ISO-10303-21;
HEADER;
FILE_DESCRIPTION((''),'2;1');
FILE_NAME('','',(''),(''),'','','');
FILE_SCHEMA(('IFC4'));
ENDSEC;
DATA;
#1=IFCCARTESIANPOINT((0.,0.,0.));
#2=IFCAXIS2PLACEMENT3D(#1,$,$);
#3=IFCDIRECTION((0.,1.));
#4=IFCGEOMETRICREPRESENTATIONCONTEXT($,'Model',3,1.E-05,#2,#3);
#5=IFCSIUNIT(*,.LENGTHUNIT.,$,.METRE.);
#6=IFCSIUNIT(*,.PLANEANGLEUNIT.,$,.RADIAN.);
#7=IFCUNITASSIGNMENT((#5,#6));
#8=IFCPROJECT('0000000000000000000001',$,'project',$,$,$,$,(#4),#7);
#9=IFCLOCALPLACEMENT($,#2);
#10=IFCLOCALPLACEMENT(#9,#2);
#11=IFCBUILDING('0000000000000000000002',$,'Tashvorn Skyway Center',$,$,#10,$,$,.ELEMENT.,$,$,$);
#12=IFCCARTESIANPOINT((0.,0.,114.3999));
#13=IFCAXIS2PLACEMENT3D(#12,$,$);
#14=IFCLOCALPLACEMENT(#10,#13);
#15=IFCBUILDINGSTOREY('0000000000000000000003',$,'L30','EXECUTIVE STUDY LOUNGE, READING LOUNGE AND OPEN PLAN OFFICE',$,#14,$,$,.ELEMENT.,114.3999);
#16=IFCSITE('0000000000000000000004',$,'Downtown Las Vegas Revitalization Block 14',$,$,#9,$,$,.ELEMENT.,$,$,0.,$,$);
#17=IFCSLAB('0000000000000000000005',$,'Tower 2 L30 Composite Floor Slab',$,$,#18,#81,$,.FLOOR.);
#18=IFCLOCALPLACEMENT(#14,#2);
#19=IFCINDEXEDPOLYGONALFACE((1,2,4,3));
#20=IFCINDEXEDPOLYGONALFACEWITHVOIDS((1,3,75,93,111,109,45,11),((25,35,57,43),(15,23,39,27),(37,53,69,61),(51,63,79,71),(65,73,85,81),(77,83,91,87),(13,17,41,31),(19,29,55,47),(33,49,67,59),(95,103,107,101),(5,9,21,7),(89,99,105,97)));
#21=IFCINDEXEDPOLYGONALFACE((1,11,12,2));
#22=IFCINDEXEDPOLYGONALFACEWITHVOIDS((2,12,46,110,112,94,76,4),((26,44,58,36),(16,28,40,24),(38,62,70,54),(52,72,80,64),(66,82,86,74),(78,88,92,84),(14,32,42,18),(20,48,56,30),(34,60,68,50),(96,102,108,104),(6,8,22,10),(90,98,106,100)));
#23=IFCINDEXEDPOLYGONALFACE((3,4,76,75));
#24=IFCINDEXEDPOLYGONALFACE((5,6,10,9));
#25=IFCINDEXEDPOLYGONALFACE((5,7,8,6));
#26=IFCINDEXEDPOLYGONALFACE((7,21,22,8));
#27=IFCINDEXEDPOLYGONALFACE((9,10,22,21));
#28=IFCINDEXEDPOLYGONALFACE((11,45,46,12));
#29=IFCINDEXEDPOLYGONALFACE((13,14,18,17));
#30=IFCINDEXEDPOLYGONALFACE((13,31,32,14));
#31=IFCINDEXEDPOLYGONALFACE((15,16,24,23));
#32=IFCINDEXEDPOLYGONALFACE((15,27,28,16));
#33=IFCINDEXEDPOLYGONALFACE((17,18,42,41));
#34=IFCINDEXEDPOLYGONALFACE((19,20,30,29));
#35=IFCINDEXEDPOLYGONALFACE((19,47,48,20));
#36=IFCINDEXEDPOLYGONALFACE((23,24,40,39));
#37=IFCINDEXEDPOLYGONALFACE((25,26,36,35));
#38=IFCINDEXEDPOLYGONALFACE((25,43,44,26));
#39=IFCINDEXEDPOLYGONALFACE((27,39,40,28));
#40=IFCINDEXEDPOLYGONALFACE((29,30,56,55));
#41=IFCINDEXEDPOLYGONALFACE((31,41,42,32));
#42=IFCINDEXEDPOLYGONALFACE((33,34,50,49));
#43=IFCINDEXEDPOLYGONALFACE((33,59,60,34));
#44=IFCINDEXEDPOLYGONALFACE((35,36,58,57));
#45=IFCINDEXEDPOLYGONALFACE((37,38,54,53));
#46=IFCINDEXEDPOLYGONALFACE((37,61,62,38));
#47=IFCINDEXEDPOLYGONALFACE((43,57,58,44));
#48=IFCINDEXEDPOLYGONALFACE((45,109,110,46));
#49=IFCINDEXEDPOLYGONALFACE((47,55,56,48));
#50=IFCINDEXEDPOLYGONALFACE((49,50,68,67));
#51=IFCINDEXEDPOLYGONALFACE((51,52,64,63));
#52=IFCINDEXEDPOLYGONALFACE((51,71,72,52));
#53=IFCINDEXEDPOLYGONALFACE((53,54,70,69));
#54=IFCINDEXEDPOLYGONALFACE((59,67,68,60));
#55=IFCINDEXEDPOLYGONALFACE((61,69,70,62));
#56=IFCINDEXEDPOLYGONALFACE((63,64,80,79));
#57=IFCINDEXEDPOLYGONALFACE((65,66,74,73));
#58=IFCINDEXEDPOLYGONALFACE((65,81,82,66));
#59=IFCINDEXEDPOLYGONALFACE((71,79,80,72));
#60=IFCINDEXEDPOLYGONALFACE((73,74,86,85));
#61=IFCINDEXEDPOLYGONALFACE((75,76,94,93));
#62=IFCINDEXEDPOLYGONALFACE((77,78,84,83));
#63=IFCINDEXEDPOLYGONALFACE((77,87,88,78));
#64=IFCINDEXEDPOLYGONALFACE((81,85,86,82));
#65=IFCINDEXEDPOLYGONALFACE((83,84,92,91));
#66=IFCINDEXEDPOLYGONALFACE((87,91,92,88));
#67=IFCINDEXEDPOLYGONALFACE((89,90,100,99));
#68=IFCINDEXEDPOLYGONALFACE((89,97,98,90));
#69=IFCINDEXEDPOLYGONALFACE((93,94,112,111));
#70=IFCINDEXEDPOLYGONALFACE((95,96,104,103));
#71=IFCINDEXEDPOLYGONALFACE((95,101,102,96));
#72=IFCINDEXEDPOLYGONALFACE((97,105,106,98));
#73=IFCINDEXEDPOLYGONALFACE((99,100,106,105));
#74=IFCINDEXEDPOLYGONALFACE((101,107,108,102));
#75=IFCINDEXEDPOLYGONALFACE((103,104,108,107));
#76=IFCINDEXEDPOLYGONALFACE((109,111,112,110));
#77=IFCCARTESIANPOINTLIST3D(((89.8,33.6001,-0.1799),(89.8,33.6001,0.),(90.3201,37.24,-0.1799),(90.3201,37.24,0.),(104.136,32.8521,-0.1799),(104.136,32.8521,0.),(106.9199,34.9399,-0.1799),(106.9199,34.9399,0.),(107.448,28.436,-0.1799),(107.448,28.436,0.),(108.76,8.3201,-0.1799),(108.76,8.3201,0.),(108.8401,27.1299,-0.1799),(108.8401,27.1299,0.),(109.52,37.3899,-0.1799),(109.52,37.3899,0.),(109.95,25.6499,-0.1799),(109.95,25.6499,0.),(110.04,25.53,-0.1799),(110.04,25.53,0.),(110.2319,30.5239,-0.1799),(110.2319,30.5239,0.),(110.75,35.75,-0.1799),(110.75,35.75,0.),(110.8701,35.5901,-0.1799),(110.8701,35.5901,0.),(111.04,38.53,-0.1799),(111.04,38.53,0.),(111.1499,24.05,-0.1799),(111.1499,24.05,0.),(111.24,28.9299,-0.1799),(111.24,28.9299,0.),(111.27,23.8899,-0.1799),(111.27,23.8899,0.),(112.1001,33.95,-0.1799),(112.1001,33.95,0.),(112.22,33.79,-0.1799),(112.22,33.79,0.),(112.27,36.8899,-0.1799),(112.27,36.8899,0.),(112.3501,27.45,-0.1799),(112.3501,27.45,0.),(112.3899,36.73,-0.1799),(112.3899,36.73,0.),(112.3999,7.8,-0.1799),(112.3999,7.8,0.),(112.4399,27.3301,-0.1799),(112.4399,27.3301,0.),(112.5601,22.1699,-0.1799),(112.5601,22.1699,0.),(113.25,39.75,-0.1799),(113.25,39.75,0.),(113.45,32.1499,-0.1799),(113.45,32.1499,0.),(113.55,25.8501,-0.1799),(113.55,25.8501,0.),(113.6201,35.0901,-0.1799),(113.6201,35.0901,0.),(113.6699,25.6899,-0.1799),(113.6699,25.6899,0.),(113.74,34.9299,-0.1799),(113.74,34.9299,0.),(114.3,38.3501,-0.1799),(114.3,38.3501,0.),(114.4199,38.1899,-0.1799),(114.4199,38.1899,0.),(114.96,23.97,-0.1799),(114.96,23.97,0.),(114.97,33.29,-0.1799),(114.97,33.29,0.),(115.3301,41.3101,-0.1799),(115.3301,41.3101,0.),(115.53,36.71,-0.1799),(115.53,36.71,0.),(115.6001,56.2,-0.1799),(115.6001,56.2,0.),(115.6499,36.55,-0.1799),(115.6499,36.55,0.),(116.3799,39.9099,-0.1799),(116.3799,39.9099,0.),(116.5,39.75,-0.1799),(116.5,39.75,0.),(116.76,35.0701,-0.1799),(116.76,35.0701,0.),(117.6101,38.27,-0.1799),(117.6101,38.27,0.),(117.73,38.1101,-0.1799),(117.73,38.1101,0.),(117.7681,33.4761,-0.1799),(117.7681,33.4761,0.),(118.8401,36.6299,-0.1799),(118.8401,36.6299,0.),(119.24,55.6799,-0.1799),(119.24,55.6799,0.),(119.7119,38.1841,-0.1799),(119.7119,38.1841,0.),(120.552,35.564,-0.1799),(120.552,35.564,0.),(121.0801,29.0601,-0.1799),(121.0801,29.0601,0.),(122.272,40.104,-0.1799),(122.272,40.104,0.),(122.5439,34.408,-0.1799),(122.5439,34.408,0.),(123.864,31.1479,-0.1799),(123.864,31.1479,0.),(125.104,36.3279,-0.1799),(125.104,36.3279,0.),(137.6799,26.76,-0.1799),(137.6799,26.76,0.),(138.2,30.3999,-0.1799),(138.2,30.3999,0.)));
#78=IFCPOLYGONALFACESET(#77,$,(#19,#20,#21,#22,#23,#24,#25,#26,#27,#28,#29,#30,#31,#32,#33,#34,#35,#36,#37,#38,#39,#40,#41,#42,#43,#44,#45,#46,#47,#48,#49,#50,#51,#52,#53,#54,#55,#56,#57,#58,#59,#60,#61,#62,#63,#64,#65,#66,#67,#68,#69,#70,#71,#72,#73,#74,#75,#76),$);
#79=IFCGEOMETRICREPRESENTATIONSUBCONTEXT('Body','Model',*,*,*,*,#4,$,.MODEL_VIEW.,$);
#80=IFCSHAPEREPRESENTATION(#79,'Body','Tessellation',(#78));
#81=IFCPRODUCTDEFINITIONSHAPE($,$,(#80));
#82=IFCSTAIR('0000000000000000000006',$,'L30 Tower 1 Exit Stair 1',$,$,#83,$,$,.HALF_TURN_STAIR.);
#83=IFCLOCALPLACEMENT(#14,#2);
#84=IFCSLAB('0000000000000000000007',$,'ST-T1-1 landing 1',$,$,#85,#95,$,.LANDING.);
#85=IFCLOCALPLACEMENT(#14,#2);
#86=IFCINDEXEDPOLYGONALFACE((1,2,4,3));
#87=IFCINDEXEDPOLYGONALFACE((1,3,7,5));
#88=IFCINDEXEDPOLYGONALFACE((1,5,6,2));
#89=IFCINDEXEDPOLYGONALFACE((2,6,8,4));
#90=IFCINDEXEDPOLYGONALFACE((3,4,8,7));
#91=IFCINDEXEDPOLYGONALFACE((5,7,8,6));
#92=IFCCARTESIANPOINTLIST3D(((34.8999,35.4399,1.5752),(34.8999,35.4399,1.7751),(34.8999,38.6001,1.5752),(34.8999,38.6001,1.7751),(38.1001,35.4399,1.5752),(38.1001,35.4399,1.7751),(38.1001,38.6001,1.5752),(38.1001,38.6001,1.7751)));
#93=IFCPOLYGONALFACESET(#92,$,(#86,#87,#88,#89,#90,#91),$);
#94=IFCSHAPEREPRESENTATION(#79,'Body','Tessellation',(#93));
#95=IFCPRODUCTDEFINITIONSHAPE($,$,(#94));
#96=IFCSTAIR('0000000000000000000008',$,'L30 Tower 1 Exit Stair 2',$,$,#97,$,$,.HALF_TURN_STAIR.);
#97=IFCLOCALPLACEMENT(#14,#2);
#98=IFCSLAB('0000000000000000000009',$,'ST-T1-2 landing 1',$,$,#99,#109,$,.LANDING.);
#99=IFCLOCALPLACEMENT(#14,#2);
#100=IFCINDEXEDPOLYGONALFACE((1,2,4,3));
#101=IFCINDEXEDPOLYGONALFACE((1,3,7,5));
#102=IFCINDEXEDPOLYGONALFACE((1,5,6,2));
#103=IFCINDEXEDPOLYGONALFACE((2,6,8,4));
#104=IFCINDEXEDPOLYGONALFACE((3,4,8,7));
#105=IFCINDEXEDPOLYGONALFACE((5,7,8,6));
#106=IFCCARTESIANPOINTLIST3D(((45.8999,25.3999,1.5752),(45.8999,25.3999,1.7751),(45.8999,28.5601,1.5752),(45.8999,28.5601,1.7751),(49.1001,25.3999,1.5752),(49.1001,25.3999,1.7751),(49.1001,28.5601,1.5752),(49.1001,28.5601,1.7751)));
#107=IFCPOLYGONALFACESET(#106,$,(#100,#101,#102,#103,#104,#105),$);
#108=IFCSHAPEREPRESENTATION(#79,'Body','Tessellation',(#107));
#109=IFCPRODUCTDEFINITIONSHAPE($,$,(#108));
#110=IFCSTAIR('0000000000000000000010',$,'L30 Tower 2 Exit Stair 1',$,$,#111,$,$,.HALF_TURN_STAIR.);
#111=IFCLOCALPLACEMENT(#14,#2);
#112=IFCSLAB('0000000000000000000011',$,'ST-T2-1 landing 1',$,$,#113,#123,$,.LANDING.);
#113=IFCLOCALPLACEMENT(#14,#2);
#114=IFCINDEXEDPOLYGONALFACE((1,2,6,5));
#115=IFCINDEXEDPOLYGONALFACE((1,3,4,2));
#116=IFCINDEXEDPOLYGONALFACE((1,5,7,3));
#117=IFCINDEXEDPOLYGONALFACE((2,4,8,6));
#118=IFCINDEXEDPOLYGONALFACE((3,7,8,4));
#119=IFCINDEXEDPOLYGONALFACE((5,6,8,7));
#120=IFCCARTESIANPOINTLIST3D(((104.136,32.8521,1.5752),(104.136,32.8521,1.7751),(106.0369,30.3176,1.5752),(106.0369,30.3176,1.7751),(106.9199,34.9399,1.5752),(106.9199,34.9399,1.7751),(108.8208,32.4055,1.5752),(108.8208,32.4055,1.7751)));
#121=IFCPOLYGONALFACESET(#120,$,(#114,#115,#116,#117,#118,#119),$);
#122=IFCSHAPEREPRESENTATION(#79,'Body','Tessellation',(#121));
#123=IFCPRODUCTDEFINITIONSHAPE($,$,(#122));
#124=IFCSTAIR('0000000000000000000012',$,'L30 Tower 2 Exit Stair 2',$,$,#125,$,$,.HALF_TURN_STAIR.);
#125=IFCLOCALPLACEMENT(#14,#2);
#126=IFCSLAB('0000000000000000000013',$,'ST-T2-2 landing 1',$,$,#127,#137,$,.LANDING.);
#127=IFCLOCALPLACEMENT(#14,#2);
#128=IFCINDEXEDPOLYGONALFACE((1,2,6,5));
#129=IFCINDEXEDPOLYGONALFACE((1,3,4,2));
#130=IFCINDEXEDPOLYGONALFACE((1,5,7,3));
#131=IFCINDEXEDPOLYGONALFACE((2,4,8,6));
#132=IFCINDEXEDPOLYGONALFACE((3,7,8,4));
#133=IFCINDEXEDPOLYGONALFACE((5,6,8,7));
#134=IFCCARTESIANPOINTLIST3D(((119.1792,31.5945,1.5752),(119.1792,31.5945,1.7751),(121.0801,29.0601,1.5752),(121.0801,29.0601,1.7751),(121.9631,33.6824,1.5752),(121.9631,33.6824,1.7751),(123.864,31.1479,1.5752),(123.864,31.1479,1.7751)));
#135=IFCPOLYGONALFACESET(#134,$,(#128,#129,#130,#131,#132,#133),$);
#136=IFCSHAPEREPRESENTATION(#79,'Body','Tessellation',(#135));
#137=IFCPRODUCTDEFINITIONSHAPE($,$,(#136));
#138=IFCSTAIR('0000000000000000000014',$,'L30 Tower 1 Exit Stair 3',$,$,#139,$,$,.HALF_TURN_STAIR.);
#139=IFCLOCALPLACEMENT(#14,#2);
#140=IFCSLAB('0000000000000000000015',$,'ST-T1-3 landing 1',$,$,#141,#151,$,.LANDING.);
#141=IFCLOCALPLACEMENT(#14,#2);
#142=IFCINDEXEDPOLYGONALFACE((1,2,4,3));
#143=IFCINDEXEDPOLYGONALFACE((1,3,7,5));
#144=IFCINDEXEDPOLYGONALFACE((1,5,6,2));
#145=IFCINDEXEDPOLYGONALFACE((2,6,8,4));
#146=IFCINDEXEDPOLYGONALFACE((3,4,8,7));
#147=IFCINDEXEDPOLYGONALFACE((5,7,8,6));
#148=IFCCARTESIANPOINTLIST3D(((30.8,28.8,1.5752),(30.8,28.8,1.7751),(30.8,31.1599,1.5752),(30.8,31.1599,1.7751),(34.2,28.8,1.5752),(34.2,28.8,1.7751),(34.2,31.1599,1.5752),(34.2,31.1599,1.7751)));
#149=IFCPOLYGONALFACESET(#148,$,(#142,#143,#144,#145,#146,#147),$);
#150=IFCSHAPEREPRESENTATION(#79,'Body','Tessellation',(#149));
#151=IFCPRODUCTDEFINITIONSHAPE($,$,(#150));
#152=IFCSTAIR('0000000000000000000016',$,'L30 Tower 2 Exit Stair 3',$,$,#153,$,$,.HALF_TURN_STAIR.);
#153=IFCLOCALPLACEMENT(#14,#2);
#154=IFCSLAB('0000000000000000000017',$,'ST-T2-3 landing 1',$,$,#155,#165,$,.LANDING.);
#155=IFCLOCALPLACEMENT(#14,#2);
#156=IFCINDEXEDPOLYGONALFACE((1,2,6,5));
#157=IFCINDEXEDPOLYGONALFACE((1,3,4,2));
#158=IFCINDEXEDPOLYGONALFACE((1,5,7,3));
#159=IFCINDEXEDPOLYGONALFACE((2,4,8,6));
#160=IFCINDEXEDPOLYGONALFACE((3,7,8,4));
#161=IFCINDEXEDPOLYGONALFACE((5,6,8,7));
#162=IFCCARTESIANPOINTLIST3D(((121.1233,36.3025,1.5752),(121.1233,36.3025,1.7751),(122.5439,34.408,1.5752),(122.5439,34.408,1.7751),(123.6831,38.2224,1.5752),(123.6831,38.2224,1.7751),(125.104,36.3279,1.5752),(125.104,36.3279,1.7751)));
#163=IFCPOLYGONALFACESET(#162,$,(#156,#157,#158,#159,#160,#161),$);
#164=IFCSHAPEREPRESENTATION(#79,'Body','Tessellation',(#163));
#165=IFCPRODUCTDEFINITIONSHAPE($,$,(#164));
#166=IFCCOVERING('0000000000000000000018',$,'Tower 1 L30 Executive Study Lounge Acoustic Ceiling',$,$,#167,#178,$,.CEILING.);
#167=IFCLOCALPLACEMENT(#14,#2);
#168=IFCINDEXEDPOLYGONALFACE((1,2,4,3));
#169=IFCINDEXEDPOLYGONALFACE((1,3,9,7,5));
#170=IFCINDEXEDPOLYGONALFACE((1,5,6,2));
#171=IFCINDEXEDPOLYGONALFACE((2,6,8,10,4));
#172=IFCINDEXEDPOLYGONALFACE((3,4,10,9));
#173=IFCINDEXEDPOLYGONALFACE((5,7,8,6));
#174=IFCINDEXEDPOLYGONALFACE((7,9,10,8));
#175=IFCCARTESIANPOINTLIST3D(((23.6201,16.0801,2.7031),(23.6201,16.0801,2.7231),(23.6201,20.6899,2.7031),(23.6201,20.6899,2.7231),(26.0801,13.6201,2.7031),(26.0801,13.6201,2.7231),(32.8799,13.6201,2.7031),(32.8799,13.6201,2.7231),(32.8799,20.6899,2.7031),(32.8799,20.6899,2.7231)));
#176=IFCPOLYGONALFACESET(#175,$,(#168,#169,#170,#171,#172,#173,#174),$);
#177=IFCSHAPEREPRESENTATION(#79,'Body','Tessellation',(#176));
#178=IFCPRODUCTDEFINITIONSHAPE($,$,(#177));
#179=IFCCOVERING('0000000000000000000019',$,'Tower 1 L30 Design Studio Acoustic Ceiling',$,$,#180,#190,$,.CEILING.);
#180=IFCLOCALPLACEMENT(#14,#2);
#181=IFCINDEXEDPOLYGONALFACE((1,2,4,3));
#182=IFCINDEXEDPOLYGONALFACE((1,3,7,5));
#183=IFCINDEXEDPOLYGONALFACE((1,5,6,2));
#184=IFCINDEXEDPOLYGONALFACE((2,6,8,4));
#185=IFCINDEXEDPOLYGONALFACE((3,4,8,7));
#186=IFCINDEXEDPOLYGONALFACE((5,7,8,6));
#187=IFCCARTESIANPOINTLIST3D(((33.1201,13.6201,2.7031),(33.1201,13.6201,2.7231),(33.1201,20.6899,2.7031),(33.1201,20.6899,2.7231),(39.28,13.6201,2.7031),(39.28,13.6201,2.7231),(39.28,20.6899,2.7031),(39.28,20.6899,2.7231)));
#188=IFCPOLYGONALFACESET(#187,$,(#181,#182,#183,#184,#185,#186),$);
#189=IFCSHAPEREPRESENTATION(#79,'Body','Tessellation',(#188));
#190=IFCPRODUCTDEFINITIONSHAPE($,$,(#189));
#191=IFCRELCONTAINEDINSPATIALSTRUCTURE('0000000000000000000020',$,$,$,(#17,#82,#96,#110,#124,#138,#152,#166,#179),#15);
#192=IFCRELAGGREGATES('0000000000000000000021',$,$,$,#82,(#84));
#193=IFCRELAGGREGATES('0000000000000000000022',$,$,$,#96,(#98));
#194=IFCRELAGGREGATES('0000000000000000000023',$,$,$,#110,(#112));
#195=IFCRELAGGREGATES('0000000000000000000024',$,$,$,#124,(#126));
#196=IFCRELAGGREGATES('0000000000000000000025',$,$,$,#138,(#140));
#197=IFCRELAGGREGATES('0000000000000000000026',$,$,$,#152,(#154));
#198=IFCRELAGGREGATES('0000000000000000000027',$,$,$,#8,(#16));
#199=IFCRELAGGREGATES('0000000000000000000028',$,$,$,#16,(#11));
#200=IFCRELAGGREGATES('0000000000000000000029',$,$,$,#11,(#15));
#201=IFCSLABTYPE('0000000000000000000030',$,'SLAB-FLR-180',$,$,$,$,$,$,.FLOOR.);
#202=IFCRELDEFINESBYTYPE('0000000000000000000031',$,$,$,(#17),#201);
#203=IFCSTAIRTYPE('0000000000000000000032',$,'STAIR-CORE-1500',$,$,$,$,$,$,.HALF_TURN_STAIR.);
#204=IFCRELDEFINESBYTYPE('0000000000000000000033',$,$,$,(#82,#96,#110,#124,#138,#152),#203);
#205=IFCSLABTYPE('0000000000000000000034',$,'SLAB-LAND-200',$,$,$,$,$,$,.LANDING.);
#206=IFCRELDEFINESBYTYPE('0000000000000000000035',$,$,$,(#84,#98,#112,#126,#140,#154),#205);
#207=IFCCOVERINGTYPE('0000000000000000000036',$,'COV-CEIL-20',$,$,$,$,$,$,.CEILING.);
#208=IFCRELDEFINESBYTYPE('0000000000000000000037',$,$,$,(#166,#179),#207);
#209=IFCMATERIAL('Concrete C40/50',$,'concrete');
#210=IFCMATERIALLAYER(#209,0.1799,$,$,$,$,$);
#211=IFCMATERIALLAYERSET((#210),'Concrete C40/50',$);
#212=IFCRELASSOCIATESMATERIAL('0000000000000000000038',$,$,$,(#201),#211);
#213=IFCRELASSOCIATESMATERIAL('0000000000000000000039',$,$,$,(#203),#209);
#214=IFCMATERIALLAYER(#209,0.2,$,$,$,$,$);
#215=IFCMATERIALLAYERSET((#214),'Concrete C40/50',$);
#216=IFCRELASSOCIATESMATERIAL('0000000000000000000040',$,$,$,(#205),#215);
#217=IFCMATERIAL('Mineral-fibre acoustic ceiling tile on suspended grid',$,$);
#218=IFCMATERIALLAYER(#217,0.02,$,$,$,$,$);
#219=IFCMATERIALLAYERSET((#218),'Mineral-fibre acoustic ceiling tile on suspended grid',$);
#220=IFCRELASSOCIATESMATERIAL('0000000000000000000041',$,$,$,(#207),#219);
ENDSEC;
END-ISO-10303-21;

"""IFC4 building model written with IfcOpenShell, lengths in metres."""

from ifc_helpers import new_model, si_unit, direction, frame, origin, place, context, subcontext, project, spatial, polyline, outline, extrude, material, layer, layer_set, type_object, element, aggregate, save


model = new_model("IFC4")

# Units and contexts
model_context = context("Model", 3, precision=1e-05, world=origin(), true_north=direction((0.0, 1.0)))
body_context = subcontext(model_context, "Body", "Model", "MODEL_VIEW")
ifc_project = project(units=[si_unit("LENGTHUNIT", "METRE"), si_unit("PLANEANGLEUNIT", "RADIAN")], contexts=[model_context])

# Site, building, storey
site_placement = place(None, origin())
site = spatial("IfcSite", under=ifc_project, at=site_placement, Name="Downtown Las Vegas Revitalization Block 14", CompositionType="ELEMENT", RefElevation=0.0)
building_placement = place(site_placement, origin())
building = spatial("IfcBuilding", under=site, at=building_placement, Name="Tashvorn Skyway Center", CompositionType="ELEMENT")
storey_placement = place(building_placement, frame((0.0, 0.0, 114.3999)))
storey = spatial("IfcBuildingStorey", under=building, at=storey_placement, Name="L30", Description="EXECUTIVE STUDY LOUNGE, READING LOUNGE AND OPEN PLAN OFFICE", CompositionType="ELEMENT", Elevation=114.3999)

# Slab
ifc_material_1 = material(Name="Concrete C40/50", Category="concrete")
ifc_layer_1 = layer(ifc_material_1, 0.1799)
ifc_layer_set_1 = layer_set([ifc_layer_1], Name="Concrete C40/50")
slab_type_1 = type_object("IfcSlabType", Name="SLAB-FLR-180", PredefinedType="FLOOR", material=ifc_layer_set_1)
slab_1_placement = place(storey_placement, frame((0.0, 0.0, -0.1799)))
element("IfcSlab", 1, at=slab_1_placement, inside=storey, type_object=slab_type_1, Name="Tower 2 L30 Composite Floor Slab", PredefinedType="FLOOR", context=body_context, shape_type="SweptSolid", body=[
    extrude(outline(polyline([(112.3999, 7.8), (137.6799, 26.76), (138.2, 30.3999), (119.24, 55.6799), (115.6001, 56.2), (90.3201, 37.24), (89.8, 33.6001), (108.76, 8.3201), (112.3999, 7.8)]), holes=[polyline([(110.2319, 30.5239), (106.9199, 34.9399), (104.136, 32.8521), (107.448, 28.436), (110.2319, 30.5239)]), polyline([(117.7681, 33.4761), (121.0801, 29.0601), (123.864, 31.1479), (120.552, 35.564), (117.7681, 33.4761)]), polyline([(119.7119, 38.1841), (122.5439, 34.408), (125.104, 36.3279), (122.272, 40.104), (119.7119, 38.1841)]), polyline([(109.95, 25.6499), (112.3501, 27.45), (111.24, 28.9299), (108.8401, 27.1299), (109.95, 25.6499)]), polyline([(111.1499, 24.05), (113.55, 25.8501), (112.4399, 27.3301), (110.04, 25.53), (111.1499, 24.05)]), polyline([(112.5601, 22.1699), (114.96, 23.97), (113.6699, 25.6899), (111.27, 23.8899), (112.5601, 22.1699)]), polyline([(113.45, 32.1499), (114.97, 33.29), (113.74, 34.9299), (112.22, 33.79), (113.45, 32.1499)]), polyline([(112.1001, 33.95), (113.6201, 35.0901), (112.3899, 36.73), (110.8701, 35.5901), (112.1001, 33.95)]), polyline([(110.75, 35.75), (112.27, 36.8899), (111.04, 38.53), (109.52, 37.3899), (110.75, 35.75)]), polyline([(116.76, 35.0701), (118.8401, 36.6299), (117.73, 38.1101), (115.6499, 36.55), (116.76, 35.0701)]), polyline([(115.53, 36.71), (117.6101, 38.27), (116.5, 39.75), (114.4199, 38.1899), (115.53, 36.71)]), polyline([(114.3, 38.3501), (116.3799, 39.9099), (115.3301, 41.3101), (113.25, 39.75), (114.3, 38.3501)])]), origin(), (0.0, 0.0, 1.0), 0.1799),
])

# Stairs, slabs
stair_type = type_object("IfcStairType", Name="STAIR-CORE-1500", PredefinedType="HALF_TURN_STAIR", material=ifc_material_1)
stair_1_placement = place(storey_placement, origin())
stair_1 = element("IfcStair", 2, at=stair_1_placement, inside=storey, type_object=stair_type, Name="L30 Tower 1 Exit Stair 1", PredefinedType="HALF_TURN_STAIR")
ifc_layer_2 = layer(ifc_material_1, 0.2)
ifc_layer_set_2 = layer_set([ifc_layer_2], Name="Concrete C40/50")
slab_type_2 = type_object("IfcSlabType", Name="SLAB-LAND-200", PredefinedType="LANDING", material=ifc_layer_set_2)
slab_2_placement = place(storey_placement, frame((0.0, 0.0, 1.5752)))
slab_2 = element("IfcSlab", 3, at=slab_2_placement, type_object=slab_type_2, Name="ST-T1-1 landing 1", PredefinedType="LANDING", context=body_context, shape_type="SweptSolid", body=[
    extrude(outline(polyline([(38.1001, 35.4399), (38.1001, 38.6001), (34.8999, 38.6001), (34.8999, 35.4399), (38.1001, 35.4399)])), origin(), (0.0, 0.0, 1.0), 0.2),
])
aggregate(stair_1, [slab_2])
stair_2_placement = place(storey_placement, origin())
stair_2 = element("IfcStair", 4, at=stair_2_placement, inside=storey, type_object=stair_type, Name="L30 Tower 1 Exit Stair 2", PredefinedType="HALF_TURN_STAIR")
slab_3_placement = place(storey_placement, frame((0.0, 0.0, 1.5752)))
slab_3 = element("IfcSlab", 5, at=slab_3_placement, type_object=slab_type_2, Name="ST-T1-2 landing 1", PredefinedType="LANDING", context=body_context, shape_type="SweptSolid", body=[
    extrude(outline(polyline([(45.8999, 28.5601), (45.8999, 25.3999), (49.1001, 25.3999), (49.1001, 28.5601), (45.8999, 28.5601)])), origin(), (0.0, 0.0, 1.0), 0.2),
])
aggregate(stair_2, [slab_3])
stair_3_placement = place(storey_placement, origin())
stair_3 = element("IfcStair", 6, at=stair_3_placement, inside=storey, type_object=stair_type, Name="L30 Tower 2 Exit Stair 1", PredefinedType="HALF_TURN_STAIR")
slab_4_placement = place(storey_placement, frame((0.0, 0.0, 1.5752)))
slab_4 = element("IfcSlab", 7, at=slab_4_placement, type_object=slab_type_2, Name="ST-T2-1 landing 1", PredefinedType="LANDING", context=body_context, shape_type="SweptSolid", body=[
    extrude(outline(polyline([(108.8208, 32.4055), (106.9199, 34.9399), (104.136, 32.8521), (106.0369, 30.3176), (108.8208, 32.4055)])), origin(), (0.0, 0.0, 1.0), 0.2),
])
aggregate(stair_3, [slab_4])
stair_4_placement = place(storey_placement, origin())
stair_4 = element("IfcStair", 8, at=stair_4_placement, inside=storey, type_object=stair_type, Name="L30 Tower 2 Exit Stair 2", PredefinedType="HALF_TURN_STAIR")
slab_5_placement = place(storey_placement, frame((0.0, 0.0, 1.5752)))
slab_5 = element("IfcSlab", 9, at=slab_5_placement, type_object=slab_type_2, Name="ST-T2-2 landing 1", PredefinedType="LANDING", context=body_context, shape_type="SweptSolid", body=[
    extrude(outline(polyline([(119.1792, 31.5945), (121.0801, 29.0601), (123.864, 31.1479), (121.9631, 33.6824), (119.1792, 31.5945)])), origin(), (0.0, 0.0, 1.0), 0.2),
])
aggregate(stair_4, [slab_5])
stair_5_placement = place(storey_placement, origin())
stair_5 = element("IfcStair", 10, at=stair_5_placement, inside=storey, type_object=stair_type, Name="L30 Tower 1 Exit Stair 3", PredefinedType="HALF_TURN_STAIR")
slab_6_placement = place(storey_placement, frame((0.0, 0.0, 1.5752)))
slab_6 = element("IfcSlab", 11, at=slab_6_placement, type_object=slab_type_2, Name="ST-T1-3 landing 1", PredefinedType="LANDING", context=body_context, shape_type="SweptSolid", body=[
    extrude(outline(polyline([(30.8, 31.1599), (30.8, 28.8), (34.2, 28.8), (34.2, 31.1599), (30.8, 31.1599)])), origin(), (0.0, 0.0, 1.0), 0.2),
])
aggregate(stair_5, [slab_6])
stair_6_placement = place(storey_placement, origin())
stair_6 = element("IfcStair", 12, at=stair_6_placement, inside=storey, type_object=stair_type, Name="L30 Tower 2 Exit Stair 3", PredefinedType="HALF_TURN_STAIR")
slab_7_placement = place(storey_placement, frame((0.0, 0.0, 1.5752)))
slab_7 = element("IfcSlab", 13, at=slab_7_placement, type_object=slab_type_2, Name="ST-T2-3 landing 1", PredefinedType="LANDING", context=body_context, shape_type="SweptSolid", body=[
    extrude(outline(polyline([(121.1233, 36.3025), (122.5439, 34.408), (125.104, 36.3279), (123.6831, 38.2224), (121.1233, 36.3025)])), origin(), (0.0, 0.0, 1.0), 0.2),
])
aggregate(stair_6, [slab_7])

# Coverings
ifc_material_2 = material(Name="Mineral-fibre acoustic ceiling tile on suspended grid")
ifc_layer_3 = layer(ifc_material_2, 0.02)
ifc_layer_set_3 = layer_set([ifc_layer_3], Name="Mineral-fibre acoustic ceiling tile on suspended grid")
covering_type_1 = type_object("IfcCoveringType", Name="COV-CEIL-20", PredefinedType="CEILING", material=ifc_layer_set_3)
covering_1_placement = place(storey_placement, frame((0.0, 0.0, 2.7031)))
element("IfcCovering", 14, at=covering_1_placement, inside=storey, type_object=covering_type_1, Name="Tower 1 L30 Executive Study Lounge Acoustic Ceiling", PredefinedType="CEILING", context=body_context, shape_type="SweptSolid", body=[
    extrude(outline(polyline([(23.6201, 20.6899), (32.8799, 20.6899), (32.8799, 13.6201), (26.0801, 13.6201), (23.6201, 16.0801), (23.6201, 20.6899)])), origin(), (0.0, 0.0, 1.0), 0.02),
])
covering_2_placement = place(storey_placement, frame((0.0, 0.0, 2.7031)))
element("IfcCovering", 15, at=covering_2_placement, inside=storey, type_object=covering_type_1, Name="Tower 1 L30 Design Studio Acoustic Ceiling", PredefinedType="CEILING", context=body_context, shape_type="SweptSolid", body=[
    extrude(outline(polyline([(33.1201, 20.6899), (39.28, 20.6899), (39.28, 13.6201), (33.1201, 13.6201), (33.1201, 20.6899)])), origin(), (0.0, 0.0, 1.0), 0.02),
])

save(model, "model.ifc")
